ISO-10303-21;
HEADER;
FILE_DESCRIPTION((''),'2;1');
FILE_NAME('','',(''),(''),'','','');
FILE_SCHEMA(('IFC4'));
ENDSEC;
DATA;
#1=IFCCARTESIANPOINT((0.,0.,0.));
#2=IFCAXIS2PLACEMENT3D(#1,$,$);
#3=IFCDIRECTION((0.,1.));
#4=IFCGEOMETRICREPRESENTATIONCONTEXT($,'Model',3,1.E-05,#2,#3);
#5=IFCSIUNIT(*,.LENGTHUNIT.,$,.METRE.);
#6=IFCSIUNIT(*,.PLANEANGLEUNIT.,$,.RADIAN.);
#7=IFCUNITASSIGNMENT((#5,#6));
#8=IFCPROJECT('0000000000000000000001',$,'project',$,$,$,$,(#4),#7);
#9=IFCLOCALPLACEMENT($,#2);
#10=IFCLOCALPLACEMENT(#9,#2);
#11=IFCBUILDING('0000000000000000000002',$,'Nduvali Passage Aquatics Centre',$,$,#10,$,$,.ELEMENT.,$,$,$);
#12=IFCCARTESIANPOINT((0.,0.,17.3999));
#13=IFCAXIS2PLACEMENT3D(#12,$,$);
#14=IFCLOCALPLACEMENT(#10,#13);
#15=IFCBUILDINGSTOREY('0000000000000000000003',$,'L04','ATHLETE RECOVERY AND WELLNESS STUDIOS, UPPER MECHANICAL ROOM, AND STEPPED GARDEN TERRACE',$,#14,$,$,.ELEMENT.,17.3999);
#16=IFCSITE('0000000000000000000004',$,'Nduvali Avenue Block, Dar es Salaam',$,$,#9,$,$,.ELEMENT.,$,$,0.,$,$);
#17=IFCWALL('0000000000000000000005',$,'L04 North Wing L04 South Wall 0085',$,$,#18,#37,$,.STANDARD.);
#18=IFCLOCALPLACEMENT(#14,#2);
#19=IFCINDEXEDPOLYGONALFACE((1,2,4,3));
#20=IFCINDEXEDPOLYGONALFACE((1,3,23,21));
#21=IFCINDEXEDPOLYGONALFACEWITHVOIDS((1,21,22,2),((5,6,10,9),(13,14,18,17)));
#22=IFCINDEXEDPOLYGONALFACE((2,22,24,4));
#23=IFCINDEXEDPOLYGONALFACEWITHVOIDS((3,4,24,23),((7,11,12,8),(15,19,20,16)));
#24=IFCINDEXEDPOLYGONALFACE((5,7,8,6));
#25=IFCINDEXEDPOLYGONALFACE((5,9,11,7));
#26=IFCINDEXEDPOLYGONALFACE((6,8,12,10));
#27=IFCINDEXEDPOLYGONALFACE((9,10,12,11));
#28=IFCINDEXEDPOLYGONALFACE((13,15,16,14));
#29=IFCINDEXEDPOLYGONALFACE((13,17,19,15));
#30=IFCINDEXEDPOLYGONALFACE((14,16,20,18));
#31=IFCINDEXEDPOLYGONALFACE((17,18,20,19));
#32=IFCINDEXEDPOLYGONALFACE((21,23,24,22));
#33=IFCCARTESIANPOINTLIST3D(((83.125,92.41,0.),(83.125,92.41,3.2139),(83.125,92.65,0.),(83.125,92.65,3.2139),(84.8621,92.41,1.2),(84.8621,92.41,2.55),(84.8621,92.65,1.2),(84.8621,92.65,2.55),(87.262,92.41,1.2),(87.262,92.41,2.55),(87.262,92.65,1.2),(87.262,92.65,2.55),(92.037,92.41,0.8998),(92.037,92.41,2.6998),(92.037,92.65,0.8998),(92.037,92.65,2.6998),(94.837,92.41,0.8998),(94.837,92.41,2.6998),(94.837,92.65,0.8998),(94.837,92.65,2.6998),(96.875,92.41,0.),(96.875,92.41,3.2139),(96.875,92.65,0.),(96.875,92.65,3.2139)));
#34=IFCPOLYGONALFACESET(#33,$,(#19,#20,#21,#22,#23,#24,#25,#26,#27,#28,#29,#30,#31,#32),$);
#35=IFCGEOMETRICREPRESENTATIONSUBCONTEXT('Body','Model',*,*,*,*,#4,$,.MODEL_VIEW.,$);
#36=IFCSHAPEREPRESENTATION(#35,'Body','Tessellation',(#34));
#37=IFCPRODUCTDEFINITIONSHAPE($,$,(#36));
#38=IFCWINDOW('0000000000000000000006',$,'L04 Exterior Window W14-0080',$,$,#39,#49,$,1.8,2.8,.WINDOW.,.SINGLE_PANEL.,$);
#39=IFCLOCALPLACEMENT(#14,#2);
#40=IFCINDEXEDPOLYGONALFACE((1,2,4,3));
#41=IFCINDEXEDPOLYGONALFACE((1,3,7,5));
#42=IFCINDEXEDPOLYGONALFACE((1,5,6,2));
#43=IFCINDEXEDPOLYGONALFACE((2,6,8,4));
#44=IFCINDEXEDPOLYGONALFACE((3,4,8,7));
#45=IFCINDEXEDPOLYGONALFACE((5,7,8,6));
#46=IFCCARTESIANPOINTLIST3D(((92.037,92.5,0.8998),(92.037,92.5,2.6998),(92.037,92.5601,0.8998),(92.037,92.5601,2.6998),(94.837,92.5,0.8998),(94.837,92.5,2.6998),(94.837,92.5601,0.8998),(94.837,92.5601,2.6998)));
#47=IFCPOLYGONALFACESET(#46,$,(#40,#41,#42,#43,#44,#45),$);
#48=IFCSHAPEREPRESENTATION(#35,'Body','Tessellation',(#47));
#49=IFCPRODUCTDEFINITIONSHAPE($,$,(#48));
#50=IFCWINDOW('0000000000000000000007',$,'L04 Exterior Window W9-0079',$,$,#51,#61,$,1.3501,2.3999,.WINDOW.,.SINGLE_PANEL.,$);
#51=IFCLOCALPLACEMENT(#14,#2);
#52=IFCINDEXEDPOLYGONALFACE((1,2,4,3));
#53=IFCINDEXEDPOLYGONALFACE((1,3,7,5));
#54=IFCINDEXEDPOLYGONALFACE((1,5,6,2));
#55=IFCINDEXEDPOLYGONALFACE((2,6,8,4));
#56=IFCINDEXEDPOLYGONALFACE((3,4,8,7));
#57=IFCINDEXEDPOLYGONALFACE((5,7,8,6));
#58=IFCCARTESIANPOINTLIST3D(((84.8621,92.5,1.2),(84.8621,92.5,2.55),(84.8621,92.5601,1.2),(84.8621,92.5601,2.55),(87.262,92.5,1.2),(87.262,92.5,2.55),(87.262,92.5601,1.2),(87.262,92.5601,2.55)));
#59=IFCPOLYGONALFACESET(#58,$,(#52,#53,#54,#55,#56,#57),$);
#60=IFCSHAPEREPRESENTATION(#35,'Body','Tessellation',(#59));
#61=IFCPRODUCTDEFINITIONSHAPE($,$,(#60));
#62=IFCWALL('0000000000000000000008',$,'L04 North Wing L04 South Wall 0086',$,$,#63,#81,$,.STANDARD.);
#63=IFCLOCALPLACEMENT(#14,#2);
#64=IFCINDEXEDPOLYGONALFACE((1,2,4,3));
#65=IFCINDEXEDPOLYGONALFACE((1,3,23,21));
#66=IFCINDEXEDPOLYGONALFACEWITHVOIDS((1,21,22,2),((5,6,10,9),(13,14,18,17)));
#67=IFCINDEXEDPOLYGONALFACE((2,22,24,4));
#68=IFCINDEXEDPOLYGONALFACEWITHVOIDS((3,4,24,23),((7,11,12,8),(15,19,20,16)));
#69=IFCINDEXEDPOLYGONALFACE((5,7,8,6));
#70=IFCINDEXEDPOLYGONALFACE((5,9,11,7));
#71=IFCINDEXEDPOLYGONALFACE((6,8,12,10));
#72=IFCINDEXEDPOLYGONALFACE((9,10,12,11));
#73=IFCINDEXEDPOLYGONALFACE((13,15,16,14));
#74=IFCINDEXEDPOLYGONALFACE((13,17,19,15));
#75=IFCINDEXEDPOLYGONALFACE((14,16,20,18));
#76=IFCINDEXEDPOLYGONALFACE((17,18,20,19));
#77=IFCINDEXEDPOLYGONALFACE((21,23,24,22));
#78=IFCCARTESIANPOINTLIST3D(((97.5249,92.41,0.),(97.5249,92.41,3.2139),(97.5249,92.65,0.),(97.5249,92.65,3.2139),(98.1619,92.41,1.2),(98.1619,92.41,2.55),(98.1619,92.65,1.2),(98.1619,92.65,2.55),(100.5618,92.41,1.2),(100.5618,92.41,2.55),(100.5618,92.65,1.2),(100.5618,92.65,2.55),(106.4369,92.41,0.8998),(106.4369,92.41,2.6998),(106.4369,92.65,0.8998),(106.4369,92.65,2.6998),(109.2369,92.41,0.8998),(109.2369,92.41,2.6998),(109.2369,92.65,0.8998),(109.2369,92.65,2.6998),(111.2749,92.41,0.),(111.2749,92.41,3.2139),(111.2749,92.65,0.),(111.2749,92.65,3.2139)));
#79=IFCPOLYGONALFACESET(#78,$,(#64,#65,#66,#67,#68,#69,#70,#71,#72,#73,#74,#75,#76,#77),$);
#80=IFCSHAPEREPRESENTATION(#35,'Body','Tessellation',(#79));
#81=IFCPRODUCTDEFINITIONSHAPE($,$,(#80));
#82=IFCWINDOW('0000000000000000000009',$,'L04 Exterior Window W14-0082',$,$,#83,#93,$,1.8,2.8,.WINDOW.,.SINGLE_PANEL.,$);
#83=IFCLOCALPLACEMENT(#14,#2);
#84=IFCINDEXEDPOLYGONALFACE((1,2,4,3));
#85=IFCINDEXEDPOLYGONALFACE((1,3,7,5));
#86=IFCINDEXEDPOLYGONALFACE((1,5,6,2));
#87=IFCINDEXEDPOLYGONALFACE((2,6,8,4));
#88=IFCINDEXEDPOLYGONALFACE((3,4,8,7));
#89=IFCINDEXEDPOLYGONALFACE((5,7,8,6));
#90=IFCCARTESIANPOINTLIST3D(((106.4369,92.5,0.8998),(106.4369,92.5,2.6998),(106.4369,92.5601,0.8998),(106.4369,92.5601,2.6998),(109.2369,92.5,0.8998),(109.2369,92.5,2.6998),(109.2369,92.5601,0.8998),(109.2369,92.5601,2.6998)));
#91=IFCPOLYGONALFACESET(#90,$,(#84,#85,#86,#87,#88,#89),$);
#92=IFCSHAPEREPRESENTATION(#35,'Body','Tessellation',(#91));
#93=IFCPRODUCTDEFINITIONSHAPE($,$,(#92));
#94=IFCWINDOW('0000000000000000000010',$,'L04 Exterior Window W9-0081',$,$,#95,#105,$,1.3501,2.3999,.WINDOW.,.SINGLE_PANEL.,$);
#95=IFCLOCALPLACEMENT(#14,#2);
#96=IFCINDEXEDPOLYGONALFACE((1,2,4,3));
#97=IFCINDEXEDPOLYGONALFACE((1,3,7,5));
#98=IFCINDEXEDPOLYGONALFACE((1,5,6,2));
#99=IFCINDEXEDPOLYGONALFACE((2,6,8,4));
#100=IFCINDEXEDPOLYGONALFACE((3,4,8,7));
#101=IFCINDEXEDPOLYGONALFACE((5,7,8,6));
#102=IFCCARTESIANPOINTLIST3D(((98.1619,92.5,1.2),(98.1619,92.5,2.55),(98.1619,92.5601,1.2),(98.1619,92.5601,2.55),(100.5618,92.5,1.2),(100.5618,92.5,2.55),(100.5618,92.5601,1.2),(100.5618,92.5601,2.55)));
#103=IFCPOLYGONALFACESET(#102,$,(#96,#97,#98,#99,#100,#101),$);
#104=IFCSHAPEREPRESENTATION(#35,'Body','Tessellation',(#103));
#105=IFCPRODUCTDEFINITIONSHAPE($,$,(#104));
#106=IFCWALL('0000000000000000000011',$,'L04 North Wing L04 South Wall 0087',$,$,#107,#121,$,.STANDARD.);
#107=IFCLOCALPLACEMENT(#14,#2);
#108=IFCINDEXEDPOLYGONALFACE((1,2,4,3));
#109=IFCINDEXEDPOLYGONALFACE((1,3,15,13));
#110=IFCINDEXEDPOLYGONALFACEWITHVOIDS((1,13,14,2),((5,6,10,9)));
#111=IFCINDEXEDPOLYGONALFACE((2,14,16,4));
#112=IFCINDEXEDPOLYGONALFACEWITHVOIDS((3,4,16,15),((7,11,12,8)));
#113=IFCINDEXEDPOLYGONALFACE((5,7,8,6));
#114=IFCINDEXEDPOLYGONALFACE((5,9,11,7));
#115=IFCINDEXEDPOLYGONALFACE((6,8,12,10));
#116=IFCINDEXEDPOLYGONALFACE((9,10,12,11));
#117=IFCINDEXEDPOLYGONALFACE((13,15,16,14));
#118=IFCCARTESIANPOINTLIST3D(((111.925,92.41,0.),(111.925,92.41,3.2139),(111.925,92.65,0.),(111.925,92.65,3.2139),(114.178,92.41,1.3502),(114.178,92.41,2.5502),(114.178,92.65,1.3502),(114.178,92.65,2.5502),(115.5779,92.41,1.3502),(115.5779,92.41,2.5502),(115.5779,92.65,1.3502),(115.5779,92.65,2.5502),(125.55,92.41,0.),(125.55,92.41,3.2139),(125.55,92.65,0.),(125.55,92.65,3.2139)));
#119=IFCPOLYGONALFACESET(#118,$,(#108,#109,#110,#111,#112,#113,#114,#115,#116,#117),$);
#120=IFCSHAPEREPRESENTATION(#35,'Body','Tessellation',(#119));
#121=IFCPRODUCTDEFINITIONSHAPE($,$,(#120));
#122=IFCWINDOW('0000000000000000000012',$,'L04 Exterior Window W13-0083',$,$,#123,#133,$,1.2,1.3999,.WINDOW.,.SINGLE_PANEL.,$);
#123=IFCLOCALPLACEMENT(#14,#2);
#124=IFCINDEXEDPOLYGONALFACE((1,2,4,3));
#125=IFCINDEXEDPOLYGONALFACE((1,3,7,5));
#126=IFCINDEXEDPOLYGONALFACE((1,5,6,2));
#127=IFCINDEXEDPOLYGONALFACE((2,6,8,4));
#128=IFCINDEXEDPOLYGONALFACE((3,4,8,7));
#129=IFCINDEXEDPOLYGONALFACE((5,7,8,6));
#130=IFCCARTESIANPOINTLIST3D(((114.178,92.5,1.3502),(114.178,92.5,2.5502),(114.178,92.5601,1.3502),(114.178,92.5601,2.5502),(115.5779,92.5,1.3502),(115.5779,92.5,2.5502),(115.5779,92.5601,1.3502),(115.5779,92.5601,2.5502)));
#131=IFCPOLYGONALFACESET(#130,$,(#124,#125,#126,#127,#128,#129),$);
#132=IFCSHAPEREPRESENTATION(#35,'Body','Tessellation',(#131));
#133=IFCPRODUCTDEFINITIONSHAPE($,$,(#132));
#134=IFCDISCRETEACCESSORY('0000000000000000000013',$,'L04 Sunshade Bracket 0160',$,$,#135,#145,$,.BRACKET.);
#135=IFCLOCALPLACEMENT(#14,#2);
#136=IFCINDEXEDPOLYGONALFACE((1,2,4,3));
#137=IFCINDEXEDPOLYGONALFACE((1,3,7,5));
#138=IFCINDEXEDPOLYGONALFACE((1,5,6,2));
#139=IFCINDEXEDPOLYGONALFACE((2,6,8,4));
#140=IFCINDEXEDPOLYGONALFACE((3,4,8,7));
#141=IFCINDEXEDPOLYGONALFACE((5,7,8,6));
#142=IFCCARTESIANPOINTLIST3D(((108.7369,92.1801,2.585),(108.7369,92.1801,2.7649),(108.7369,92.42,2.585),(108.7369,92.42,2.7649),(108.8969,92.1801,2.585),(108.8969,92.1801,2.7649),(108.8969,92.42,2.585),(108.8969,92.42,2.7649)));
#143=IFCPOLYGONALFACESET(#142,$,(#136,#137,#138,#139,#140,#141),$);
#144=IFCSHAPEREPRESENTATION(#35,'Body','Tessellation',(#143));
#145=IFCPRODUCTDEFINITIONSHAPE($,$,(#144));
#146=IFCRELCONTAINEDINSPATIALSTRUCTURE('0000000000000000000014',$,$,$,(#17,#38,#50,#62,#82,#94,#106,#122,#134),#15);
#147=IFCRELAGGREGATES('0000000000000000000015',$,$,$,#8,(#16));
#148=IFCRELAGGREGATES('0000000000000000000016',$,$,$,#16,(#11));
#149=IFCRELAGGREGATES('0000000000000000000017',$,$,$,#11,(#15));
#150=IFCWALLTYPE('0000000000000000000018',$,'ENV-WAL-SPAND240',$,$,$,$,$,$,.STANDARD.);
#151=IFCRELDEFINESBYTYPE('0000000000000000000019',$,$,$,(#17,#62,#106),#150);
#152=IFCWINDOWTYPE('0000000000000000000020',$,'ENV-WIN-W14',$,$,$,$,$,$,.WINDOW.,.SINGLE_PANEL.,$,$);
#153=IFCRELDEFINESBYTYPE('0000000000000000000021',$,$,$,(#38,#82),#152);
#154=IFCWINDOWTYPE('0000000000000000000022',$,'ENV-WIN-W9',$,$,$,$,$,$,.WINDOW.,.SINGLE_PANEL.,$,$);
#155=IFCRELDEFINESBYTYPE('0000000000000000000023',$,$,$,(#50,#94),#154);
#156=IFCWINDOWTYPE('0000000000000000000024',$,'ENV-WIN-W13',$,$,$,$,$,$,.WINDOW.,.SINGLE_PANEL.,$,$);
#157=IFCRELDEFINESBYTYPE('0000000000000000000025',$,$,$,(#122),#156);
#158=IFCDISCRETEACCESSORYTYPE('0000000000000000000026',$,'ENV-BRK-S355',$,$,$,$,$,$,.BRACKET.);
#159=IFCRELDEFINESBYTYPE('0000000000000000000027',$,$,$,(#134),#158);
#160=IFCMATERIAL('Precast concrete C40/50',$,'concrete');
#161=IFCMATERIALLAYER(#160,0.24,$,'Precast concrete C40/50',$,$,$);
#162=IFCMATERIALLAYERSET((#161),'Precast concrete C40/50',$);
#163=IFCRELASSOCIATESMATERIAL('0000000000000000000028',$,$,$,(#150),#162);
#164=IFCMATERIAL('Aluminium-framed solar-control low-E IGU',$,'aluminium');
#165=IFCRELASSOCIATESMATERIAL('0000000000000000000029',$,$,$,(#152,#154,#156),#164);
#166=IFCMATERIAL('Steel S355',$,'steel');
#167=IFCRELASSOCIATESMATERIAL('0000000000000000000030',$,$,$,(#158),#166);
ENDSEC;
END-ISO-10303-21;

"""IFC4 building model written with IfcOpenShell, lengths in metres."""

from ifc_helpers import new_model, si_unit, direction, frame, frame_2d, origin, origin_2d, place, context, subcontext, project, spatial, rectangle, extrude, material, layer, layer_set, type_object, element, fill, save


model = new_model("IFC4")

# Units and contexts
model_context = context("Model", 3, precision=1e-05, world=origin(), true_north=direction((0.0, 1.0)))
body_context = subcontext(model_context, "Body", "Model", "MODEL_VIEW")
ifc_project = project(units=[si_unit("LENGTHUNIT", "METRE"), si_unit("PLANEANGLEUNIT", "RADIAN")], contexts=[model_context])

# Site, building, storey
site_placement = place(None, origin())
site = spatial("IfcSite", under=ifc_project, at=site_placement, Name="Nduvali Avenue Block, Dar es Salaam", CompositionType="ELEMENT", RefElevation=0.0)
building_placement = place(site_placement, origin())
building = spatial("IfcBuilding", under=site, at=building_placement, Name="Nduvali Passage Aquatics Centre", CompositionType="ELEMENT")
storey_placement = place(building_placement, frame((0.0, 0.0, 17.3999)))
storey = spatial("IfcBuildingStorey", under=building, at=storey_placement, Name="L04", Description="ATHLETE RECOVERY AND WELLNESS STUDIOS, UPPER MECHANICAL ROOM, AND STEPPED GARDEN TERRACE", CompositionType="ELEMENT", Elevation=17.3999)

# Shared definitions
ifc_material_1 = material(Name="Steel S355", Category="steel")

# Walls, openings, windows
ifc_material_2 = material(Name="Precast concrete C40/50", Category="concrete")
ifc_layer_1 = layer(ifc_material_2, 0.24, Name="Precast concrete C40/50")
ifc_layer_set_1 = layer_set([ifc_layer_1], Name="Precast concrete C40/50")
wall_type_1 = type_object("IfcWallType", Name="ENV-WAL-SPAND240", PredefinedType="STANDARD", material=ifc_layer_set_1)
wall_1_placement = place(storey_placement, frame((83.125, 92.53, 0.0), z_axis=(0.0, 0.0, 1.0), x_axis=(1.0, 0.0, 0.0)))
wall_1 = element("IfcWall", 1, at=wall_1_placement, inside=storey, type_object=wall_type_1, Name="L04 North Wing L04 South Wall 0085", PredefinedType="STANDARD", context=body_context, shape_type="SweptSolid", body=[
    extrude(rectangle(XDim=13.75, YDim=0.24, at=frame_2d((6.875, 0.0))), origin(), (0.0, 0.0, 1.0), 3.2139),
])
opening_1_placement = place(wall_1_placement, frame((1.7371, 0.0, 1.2)))
opening_1 = element("IfcOpeningElement", 2, at=opening_1_placement, cuts=wall_1, PredefinedType="OPENING", context=body_context, shape_type="SweptSolid", body=[
    extrude(rectangle(XDim=2.3999, YDim=1.3501, at=frame_2d((1.2, 0.675))), frame((0.0, 0.1348, 0.0), z_axis=(0.0, -1.0, 0.0), x_axis=(1.0, 0.0, 0.0)), (0.0, 0.0, 1.0), 0.2698),
])
opening_2_placement = place(wall_1_placement, frame((8.9121, 0.0, 0.8999)))
opening_2 = element("IfcOpeningElement", 3, at=opening_2_placement, cuts=wall_1, PredefinedType="OPENING", context=body_context, shape_type="SweptSolid", body=[
    extrude(rectangle(XDim=2.8, YDim=1.8, at=frame_2d((1.3999, 0.8999))), frame((0.0, 0.1348, 0.0), z_axis=(0.0, -1.0, 0.0), x_axis=(1.0, 0.0, 0.0)), (0.0, 0.0, 1.0), 0.2698),
])
ifc_material_3 = material(Name="Aluminium-framed solar-control low-E IGU", Category="aluminium")
window_type_1 = type_object("IfcWindowType", Name="ENV-WIN-W14", PartitioningType="SINGLE_PANEL", PredefinedType="WINDOW", material=ifc_material_3)
window_1_placement = place(opening_2_placement, origin())
window_1 = element("IfcWindow", 4, at=window_1_placement, inside=storey, type_object=window_type_1, Name="L04 Exterior Window W14-0080", OverallHeight=1.8, OverallWidth=2.8, PartitioningType="SINGLE_PANEL", PredefinedType="WINDOW", context=body_context, shape_type="SweptSolid", body=[
    extrude(rectangle(XDim=2.8, YDim=1.8, at=frame_2d((1.3999, 0.8999))), frame((0.0, 0.03, 0.0), z_axis=(0.0, -1.0, 0.0), x_axis=(1.0, 0.0, 0.0)), (0.0, 0.0, 1.0), 0.0601),
])
fill(opening_2, window_1)
window_type_2 = type_object("IfcWindowType", Name="ENV-WIN-W9", PartitioningType="SINGLE_PANEL", PredefinedType="WINDOW", material=ifc_material_3)
window_2_placement = place(opening_1_placement, origin())
window_2 = element("IfcWindow", 5, at=window_2_placement, inside=storey, type_object=window_type_2, Name="L04 Exterior Window W9-0079", OverallHeight=1.3501, OverallWidth=2.3999, PartitioningType="SINGLE_PANEL", PredefinedType="WINDOW", context=body_context, shape_type="SweptSolid", body=[
    extrude(rectangle(XDim=2.3999, YDim=1.3501, at=frame_2d((1.2, 0.675))), frame((0.0, 0.03, 0.0), z_axis=(0.0, -1.0, 0.0), x_axis=(1.0, 0.0, 0.0)), (0.0, 0.0, 1.0), 0.0601),
])
fill(opening_1, window_2)
wall_2_placement = place(storey_placement, frame((97.5249, 92.53, 0.0), z_axis=(0.0, 0.0, 1.0), x_axis=(1.0, 0.0, 0.0)))
wall_2 = element("IfcWall", 6, at=wall_2_placement, inside=storey, type_object=wall_type_1, Name="L04 North Wing L04 South Wall 0086", PredefinedType="STANDARD", context=body_context, shape_type="SweptSolid", body=[
    extrude(rectangle(XDim=13.75, YDim=0.24, at=frame_2d((6.875, 0.0))), origin(), (0.0, 0.0, 1.0), 3.2139),
])
opening_3_placement = place(wall_2_placement, frame((0.637, 0.0, 1.2)))
opening_3 = element("IfcOpeningElement", 7, at=opening_3_placement, cuts=wall_2, PredefinedType="OPENING", context=body_context, shape_type="SweptSolid", body=[
    extrude(rectangle(XDim=2.3999, YDim=1.3501, at=frame_2d((1.2, 0.675))), frame((0.0, 0.1348, 0.0), z_axis=(0.0, -1.0, 0.0), x_axis=(1.0, 0.0, 0.0)), (0.0, 0.0, 1.0), 0.2698),
])
opening_4_placement = place(wall_2_placement, frame((8.9121, 0.0, 0.8999)))
opening_4 = element("IfcOpeningElement", 8, at=opening_4_placement, cuts=wall_2, PredefinedType="OPENING", context=body_context, shape_type="SweptSolid", body=[
    extrude(rectangle(XDim=2.8, YDim=1.8, at=frame_2d((1.3999, 0.8999))), frame((0.0, 0.1348, 0.0), z_axis=(0.0, -1.0, 0.0), x_axis=(1.0, 0.0, 0.0)), (0.0, 0.0, 1.0), 0.2698),
])
window_3_placement = place(opening_4_placement, origin())
window_3 = element("IfcWindow", 9, at=window_3_placement, inside=storey, type_object=window_type_1, Name="L04 Exterior Window W14-0082", OverallHeight=1.8, OverallWidth=2.8, PartitioningType="SINGLE_PANEL", PredefinedType="WINDOW", context=body_context, shape_type="SweptSolid", body=[
    extrude(rectangle(XDim=2.8, YDim=1.8, at=frame_2d((1.3999, 0.8999))), frame((0.0, 0.03, 0.0), z_axis=(0.0, -1.0, 0.0), x_axis=(1.0, 0.0, 0.0)), (0.0, 0.0, 1.0), 0.0601),
])
fill(opening_4, window_3)
window_4_placement = place(opening_3_placement, origin())
window_4 = element("IfcWindow", 10, at=window_4_placement, inside=storey, type_object=window_type_2, Name="L04 Exterior Window W9-0081", OverallHeight=1.3501, OverallWidth=2.3999, PartitioningType="SINGLE_PANEL", PredefinedType="WINDOW", context=body_context, shape_type="SweptSolid", body=[
    extrude(rectangle(XDim=2.3999, YDim=1.3501, at=frame_2d((1.2, 0.675))), frame((0.0, 0.03, 0.0), z_axis=(0.0, -1.0, 0.0), x_axis=(1.0, 0.0, 0.0)), (0.0, 0.0, 1.0), 0.0601),
])
fill(opening_3, window_4)

# Wall, opening, window
wall_3_placement = place(storey_placement, frame((111.925, 92.53, 0.0), z_axis=(0.0, 0.0, 1.0), x_axis=(1.0, 0.0, 0.0)))
wall_3 = element("IfcWall", 11, at=wall_3_placement, inside=storey, type_object=wall_type_1, Name="L04 North Wing L04 South Wall 0087", PredefinedType="STANDARD", context=body_context, shape_type="SweptSolid", body=[
    extrude(rectangle(XDim=13.625, YDim=0.24, at=frame_2d((6.8125, 0.0))), origin(), (0.0, 0.0, 1.0), 3.2139),
])
opening_5_placement = place(wall_3_placement, frame((2.2529, 0.0, 1.3501)))
opening_5 = element("IfcOpeningElement", 12, at=opening_5_placement, cuts=wall_3, PredefinedType="OPENING", context=body_context, shape_type="SweptSolid", body=[
    extrude(rectangle(XDim=1.3999, YDim=1.2, at=frame_2d((0.7, 0.6001))), frame((0.0, 0.1348, 0.0), z_axis=(0.0, -1.0, 0.0), x_axis=(1.0, 0.0, 0.0)), (0.0, 0.0, 1.0), 0.2698),
])
window_type_3 = type_object("IfcWindowType", Name="ENV-WIN-W13", PartitioningType="SINGLE_PANEL", PredefinedType="WINDOW", material=ifc_material_3)
window_5_placement = place(opening_5_placement, origin())
window_5 = element("IfcWindow", 13, at=window_5_placement, inside=storey, type_object=window_type_3, Name="L04 Exterior Window W13-0083", OverallHeight=1.2, OverallWidth=1.3999, PartitioningType="SINGLE_PANEL", PredefinedType="WINDOW", context=body_context, shape_type="SweptSolid", body=[
    extrude(rectangle(XDim=1.3999, YDim=1.2, at=frame_2d((0.7, 0.6001))), frame((0.0, 0.03, 0.0), z_axis=(0.0, -1.0, 0.0), x_axis=(1.0, 0.0, 0.0)), (0.0, 0.0, 1.0), 0.0601),
])
fill(opening_5, window_5)

# Discrete accessory
discrete_accessory_type = type_object("IfcDiscreteAccessoryType", Name="ENV-BRK-S355", PredefinedType="BRACKET", material=ifc_material_1)
discrete_accessory_placement = place(storey_placement, frame((108.8169, 92.3, 2.585), z_axis=(0.0, 0.0, 1.0), x_axis=(1.0, 0.0, 0.0)))
element("IfcDiscreteAccessory", 14, at=discrete_accessory_placement, inside=storey, type_object=discrete_accessory_type, Name="L04 Sunshade Bracket 0160", PredefinedType="BRACKET", context=body_context, shape_type="SweptSolid", body=[
    extrude(rectangle(XDim=0.1599, YDim=0.24, at=origin_2d()), origin(), (0.0, 0.0, 1.0), 0.1799),
])

save(model, "model.ifc")
